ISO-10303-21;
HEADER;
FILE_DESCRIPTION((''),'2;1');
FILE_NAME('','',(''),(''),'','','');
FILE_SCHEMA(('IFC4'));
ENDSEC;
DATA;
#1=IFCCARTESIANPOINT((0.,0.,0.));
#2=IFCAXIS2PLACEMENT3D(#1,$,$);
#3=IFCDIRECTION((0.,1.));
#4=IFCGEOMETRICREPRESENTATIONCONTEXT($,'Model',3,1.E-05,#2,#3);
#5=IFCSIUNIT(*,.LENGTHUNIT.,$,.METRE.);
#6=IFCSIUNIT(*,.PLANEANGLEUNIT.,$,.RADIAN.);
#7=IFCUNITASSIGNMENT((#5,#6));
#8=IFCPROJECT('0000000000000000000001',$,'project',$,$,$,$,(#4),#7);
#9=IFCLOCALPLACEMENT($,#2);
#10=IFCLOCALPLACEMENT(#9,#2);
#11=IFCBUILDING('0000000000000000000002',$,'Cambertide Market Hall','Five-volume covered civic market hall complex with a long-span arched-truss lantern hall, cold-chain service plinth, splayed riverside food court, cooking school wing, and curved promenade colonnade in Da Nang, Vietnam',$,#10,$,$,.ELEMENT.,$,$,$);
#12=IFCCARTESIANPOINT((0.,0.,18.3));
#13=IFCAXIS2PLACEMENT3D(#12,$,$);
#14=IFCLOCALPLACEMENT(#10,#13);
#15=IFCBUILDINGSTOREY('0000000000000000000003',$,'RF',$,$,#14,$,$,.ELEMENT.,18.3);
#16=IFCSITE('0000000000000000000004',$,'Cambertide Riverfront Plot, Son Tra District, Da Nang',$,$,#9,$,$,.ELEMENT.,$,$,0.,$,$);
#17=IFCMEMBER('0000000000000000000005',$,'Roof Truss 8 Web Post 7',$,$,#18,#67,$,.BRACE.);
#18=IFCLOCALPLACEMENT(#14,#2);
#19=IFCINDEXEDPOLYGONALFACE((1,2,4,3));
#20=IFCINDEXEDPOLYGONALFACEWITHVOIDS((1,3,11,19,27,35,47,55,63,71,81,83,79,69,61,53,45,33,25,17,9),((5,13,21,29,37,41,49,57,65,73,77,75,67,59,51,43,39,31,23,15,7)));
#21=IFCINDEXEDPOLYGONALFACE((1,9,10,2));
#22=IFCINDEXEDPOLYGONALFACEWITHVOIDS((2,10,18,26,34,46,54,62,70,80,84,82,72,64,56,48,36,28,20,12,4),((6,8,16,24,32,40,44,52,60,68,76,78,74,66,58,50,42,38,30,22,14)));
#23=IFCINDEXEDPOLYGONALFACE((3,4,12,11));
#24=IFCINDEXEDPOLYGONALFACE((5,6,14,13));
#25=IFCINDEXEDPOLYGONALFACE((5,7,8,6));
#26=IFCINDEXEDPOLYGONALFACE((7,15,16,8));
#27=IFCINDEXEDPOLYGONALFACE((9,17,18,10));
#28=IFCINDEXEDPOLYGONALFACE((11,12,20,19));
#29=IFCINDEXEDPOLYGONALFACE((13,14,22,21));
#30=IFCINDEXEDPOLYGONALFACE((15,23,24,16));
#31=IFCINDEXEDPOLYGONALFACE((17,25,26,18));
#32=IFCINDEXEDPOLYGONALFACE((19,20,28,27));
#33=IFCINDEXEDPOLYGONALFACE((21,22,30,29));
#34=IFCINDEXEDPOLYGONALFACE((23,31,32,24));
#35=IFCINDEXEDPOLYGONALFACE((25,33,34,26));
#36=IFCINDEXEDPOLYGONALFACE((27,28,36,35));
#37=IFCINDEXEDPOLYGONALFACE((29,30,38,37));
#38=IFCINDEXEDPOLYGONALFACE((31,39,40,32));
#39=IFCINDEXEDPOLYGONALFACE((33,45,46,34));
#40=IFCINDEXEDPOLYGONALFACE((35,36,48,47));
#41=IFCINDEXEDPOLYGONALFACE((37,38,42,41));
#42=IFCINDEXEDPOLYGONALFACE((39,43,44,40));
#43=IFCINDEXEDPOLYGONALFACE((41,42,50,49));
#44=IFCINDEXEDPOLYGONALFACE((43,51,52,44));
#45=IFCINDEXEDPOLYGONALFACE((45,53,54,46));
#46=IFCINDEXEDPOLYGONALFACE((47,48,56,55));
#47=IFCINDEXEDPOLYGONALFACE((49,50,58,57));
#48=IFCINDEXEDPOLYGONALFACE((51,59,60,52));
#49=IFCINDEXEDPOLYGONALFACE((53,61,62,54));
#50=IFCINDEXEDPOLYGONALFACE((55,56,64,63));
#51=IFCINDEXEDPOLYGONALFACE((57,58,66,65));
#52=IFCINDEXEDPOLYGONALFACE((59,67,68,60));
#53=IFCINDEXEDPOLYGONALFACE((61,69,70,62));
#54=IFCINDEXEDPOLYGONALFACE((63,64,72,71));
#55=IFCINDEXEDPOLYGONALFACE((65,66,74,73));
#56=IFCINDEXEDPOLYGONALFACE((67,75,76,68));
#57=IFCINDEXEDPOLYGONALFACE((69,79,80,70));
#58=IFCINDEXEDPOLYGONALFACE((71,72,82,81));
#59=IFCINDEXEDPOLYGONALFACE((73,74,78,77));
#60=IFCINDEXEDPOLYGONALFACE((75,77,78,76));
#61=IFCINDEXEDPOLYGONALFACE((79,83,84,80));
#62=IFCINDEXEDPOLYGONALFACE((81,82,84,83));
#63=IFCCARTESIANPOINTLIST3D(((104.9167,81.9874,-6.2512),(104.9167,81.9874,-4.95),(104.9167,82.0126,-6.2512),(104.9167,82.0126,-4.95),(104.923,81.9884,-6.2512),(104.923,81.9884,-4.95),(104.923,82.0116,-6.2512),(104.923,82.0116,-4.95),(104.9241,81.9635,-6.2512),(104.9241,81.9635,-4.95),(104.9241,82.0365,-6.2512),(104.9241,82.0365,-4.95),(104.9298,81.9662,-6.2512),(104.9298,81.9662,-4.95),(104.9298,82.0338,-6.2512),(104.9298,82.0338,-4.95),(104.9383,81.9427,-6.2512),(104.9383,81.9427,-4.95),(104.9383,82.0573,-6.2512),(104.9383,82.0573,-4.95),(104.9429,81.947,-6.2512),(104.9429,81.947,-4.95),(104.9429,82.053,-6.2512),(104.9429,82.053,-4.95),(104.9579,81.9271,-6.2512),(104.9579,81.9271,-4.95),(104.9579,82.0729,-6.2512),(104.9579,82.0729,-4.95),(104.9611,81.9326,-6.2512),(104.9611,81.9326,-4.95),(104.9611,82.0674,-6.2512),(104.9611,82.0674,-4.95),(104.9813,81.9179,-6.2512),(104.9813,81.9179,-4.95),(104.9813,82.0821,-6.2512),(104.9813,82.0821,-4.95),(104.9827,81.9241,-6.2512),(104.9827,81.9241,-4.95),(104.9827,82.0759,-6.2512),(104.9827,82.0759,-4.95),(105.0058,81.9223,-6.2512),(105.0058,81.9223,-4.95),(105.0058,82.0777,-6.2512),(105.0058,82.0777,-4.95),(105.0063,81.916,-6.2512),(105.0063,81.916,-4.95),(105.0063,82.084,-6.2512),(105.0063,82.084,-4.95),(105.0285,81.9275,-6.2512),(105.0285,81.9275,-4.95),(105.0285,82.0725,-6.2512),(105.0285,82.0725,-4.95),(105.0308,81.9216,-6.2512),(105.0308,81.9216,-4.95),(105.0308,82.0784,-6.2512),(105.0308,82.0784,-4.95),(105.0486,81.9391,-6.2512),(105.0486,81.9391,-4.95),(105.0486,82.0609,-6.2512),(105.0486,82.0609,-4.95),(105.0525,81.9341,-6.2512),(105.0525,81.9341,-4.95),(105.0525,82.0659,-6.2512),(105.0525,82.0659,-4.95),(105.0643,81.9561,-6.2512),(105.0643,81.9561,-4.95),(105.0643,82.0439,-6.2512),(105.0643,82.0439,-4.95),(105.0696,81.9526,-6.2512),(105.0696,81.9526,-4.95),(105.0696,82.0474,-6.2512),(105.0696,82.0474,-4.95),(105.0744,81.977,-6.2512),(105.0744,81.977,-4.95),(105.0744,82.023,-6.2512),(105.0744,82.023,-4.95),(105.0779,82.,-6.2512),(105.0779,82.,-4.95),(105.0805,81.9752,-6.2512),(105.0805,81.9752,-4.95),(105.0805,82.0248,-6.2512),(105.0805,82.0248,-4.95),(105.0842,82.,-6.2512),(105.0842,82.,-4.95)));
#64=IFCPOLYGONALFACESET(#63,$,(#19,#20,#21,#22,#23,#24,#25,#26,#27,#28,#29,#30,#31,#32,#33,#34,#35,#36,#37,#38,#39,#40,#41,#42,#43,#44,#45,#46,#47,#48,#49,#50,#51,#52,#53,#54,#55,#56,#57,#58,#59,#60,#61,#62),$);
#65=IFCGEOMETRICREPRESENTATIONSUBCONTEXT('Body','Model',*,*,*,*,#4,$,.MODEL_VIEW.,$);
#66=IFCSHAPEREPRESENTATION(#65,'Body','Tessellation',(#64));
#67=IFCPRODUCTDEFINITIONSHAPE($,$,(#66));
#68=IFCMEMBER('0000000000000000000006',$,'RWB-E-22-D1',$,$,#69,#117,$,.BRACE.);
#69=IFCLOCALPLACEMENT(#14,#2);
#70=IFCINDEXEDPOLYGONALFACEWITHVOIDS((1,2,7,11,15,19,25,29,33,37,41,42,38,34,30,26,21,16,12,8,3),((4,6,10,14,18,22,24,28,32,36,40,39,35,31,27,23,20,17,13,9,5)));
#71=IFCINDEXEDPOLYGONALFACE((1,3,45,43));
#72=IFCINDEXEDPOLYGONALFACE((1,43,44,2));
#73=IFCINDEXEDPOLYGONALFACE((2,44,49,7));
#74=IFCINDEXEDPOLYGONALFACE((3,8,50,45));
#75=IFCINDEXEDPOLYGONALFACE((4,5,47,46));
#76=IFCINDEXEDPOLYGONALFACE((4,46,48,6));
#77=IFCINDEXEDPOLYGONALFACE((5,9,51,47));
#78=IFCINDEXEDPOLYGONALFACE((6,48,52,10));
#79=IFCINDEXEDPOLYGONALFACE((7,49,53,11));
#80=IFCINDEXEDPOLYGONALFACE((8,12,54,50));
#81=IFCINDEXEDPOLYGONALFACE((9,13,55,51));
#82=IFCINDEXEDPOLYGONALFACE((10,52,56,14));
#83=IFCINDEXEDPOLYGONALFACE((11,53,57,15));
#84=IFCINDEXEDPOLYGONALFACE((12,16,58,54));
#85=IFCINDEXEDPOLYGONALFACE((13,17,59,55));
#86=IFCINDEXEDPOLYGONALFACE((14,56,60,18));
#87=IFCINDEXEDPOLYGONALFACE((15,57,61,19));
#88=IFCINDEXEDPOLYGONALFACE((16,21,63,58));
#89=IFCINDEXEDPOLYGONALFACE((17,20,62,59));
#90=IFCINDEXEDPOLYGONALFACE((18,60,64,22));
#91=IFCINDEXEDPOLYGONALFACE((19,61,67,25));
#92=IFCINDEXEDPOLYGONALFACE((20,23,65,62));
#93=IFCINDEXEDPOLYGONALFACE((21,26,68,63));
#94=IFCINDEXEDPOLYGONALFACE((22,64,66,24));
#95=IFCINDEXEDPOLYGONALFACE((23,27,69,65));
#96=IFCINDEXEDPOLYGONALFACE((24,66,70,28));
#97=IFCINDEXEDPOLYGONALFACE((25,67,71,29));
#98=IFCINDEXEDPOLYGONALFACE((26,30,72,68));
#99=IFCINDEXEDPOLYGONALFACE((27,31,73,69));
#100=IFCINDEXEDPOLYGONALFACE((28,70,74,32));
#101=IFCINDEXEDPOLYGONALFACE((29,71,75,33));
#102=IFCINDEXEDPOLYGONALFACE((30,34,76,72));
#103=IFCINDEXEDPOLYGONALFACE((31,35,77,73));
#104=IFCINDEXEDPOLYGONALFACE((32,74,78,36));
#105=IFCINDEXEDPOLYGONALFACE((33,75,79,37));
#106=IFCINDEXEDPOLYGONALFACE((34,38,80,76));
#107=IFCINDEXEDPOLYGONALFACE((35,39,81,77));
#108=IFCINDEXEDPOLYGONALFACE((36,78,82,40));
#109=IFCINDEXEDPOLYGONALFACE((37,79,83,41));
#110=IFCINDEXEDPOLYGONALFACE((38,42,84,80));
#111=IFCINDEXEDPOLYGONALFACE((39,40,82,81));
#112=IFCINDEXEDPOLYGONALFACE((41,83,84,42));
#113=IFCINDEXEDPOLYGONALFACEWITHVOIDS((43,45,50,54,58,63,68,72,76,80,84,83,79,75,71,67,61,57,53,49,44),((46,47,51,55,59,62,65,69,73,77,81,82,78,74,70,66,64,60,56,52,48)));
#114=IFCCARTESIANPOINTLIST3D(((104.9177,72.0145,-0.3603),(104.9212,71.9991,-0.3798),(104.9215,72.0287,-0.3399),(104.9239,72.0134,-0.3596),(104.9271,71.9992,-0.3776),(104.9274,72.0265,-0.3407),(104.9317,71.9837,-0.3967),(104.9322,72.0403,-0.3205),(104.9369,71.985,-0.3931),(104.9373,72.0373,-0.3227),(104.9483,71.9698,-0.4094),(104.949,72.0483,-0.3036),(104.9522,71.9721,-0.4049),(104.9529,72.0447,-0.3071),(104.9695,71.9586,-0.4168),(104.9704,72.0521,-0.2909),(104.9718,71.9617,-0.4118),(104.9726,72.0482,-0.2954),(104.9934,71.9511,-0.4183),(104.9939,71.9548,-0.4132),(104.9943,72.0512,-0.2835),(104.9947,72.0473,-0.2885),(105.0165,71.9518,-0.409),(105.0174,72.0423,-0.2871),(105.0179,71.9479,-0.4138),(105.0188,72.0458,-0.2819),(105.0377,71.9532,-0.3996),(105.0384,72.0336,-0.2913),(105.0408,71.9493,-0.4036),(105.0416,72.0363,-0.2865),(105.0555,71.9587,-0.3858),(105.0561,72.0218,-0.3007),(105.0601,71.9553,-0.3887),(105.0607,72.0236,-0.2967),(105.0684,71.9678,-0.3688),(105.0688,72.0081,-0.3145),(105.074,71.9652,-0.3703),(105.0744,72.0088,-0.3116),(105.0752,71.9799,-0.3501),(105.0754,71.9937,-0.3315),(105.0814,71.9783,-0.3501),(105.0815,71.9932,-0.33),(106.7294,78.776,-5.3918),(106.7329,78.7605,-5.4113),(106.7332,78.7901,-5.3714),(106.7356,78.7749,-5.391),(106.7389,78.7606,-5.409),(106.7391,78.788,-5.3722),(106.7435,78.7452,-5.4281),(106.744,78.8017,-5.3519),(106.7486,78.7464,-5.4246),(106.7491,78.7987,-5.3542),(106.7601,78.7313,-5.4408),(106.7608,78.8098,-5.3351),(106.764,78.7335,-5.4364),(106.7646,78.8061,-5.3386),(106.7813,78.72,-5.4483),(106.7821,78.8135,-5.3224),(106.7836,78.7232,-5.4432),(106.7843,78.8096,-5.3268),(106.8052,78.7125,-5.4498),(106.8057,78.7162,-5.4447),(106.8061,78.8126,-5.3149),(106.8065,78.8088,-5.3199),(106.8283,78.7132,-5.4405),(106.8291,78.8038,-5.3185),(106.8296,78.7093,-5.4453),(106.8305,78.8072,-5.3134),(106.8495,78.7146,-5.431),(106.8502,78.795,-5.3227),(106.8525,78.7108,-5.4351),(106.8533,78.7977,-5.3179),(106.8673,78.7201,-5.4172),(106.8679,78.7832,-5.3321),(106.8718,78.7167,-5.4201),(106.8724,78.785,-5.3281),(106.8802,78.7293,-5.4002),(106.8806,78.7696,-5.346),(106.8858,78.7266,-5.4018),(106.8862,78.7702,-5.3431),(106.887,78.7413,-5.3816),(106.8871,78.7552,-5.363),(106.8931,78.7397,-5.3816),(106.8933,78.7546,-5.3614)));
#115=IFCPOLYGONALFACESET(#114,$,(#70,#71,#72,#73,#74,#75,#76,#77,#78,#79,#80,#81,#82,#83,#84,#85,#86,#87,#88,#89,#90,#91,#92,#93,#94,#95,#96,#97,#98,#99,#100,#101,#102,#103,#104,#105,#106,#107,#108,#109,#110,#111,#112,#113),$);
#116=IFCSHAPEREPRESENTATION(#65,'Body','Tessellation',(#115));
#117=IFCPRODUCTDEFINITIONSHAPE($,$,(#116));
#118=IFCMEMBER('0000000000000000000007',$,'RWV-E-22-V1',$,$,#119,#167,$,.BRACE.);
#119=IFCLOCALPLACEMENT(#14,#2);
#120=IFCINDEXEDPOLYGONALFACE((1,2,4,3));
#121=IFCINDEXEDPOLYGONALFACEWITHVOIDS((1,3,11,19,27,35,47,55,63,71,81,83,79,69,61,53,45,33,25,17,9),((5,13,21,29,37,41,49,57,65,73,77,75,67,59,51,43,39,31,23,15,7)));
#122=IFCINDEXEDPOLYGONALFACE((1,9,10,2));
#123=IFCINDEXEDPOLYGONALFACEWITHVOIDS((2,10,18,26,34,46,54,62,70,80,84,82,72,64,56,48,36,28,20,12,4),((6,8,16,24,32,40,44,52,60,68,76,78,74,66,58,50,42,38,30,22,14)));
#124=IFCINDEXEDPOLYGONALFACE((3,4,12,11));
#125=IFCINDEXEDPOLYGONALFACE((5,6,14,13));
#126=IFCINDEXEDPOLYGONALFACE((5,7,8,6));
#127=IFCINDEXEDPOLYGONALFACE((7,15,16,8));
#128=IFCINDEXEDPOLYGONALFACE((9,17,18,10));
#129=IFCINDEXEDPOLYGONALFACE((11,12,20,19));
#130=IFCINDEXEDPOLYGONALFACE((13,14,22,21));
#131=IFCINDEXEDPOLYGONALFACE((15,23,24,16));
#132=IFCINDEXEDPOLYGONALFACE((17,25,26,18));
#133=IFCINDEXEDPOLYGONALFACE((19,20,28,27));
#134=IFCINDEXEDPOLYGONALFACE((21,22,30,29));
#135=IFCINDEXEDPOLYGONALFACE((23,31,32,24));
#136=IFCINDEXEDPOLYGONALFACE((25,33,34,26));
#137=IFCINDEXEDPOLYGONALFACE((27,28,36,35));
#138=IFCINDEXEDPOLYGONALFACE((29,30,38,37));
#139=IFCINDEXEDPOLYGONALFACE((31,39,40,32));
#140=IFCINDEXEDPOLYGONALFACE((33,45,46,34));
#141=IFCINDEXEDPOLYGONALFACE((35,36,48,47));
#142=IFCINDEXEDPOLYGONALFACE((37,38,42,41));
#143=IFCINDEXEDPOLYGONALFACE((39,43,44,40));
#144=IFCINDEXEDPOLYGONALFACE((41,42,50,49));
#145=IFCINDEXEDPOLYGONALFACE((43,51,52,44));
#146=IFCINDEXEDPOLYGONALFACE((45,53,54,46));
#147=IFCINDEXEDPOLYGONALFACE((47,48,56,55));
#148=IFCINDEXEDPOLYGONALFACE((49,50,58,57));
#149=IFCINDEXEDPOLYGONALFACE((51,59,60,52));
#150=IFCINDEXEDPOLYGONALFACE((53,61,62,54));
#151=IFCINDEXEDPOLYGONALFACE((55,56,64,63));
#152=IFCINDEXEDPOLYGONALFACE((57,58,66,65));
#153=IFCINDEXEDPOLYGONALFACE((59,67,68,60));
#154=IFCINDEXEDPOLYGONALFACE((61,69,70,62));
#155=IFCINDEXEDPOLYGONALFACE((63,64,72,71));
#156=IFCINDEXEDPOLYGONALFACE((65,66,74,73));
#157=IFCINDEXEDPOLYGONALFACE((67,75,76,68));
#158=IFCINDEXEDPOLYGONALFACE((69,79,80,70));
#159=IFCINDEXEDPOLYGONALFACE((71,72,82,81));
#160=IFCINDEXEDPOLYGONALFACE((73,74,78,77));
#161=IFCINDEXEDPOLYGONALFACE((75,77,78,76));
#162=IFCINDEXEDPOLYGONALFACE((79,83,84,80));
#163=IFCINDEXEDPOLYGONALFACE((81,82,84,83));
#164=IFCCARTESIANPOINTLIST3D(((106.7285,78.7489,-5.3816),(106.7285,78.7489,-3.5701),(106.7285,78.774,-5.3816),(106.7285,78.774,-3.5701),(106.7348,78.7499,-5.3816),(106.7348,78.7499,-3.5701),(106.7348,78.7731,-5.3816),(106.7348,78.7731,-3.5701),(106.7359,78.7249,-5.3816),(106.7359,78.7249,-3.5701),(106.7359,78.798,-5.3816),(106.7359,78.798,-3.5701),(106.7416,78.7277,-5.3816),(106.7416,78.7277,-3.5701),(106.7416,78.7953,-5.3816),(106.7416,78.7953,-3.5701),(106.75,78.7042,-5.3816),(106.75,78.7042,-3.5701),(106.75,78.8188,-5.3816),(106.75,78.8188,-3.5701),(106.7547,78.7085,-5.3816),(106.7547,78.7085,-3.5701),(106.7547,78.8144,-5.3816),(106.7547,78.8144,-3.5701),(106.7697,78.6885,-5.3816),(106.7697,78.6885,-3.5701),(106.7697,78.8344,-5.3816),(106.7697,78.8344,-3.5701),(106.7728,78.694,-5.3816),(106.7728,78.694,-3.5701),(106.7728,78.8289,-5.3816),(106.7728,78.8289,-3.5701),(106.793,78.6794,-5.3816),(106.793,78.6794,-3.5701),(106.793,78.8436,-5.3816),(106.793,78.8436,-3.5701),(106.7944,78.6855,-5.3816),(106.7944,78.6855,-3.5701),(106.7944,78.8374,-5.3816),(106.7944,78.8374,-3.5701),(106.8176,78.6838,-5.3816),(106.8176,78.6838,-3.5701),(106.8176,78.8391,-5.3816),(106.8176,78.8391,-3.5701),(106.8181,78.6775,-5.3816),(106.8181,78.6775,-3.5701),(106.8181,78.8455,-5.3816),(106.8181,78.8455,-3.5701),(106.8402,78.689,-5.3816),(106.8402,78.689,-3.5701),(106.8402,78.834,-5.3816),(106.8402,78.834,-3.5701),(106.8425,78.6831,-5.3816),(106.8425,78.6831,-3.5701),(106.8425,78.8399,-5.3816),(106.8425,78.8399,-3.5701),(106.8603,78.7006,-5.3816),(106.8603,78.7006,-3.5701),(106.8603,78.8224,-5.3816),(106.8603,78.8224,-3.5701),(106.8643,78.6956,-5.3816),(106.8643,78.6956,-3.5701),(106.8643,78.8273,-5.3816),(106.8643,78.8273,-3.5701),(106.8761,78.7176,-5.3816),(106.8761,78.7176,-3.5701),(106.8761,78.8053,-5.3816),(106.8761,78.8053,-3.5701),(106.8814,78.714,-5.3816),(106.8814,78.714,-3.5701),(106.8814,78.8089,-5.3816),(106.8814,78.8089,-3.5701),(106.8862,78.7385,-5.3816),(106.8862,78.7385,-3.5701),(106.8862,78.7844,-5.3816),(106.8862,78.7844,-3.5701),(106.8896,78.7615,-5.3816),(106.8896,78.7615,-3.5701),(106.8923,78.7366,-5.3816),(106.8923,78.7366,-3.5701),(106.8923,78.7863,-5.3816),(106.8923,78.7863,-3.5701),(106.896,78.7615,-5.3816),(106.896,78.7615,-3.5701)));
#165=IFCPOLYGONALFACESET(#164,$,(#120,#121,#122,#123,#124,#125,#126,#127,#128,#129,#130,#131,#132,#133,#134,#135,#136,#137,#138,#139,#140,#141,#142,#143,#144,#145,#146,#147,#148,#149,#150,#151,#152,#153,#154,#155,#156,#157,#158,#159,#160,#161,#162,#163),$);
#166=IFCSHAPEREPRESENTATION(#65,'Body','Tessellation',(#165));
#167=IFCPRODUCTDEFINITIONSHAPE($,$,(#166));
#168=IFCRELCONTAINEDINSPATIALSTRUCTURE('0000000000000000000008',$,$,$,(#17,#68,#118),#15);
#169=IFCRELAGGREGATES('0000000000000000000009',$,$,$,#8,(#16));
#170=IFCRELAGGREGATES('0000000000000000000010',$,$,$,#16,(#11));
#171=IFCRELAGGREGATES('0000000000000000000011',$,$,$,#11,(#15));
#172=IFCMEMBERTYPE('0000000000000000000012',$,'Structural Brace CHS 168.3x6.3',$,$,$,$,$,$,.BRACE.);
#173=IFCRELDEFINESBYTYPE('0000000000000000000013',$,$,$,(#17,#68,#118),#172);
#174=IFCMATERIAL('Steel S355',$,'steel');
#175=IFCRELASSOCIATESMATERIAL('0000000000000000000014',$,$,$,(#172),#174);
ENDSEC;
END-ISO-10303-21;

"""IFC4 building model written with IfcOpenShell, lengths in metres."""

from ifc_helpers import new_model, si_unit, direction, frame, origin, origin_2d, place, context, subcontext, project, spatial, hollow_circle, extrude, material, material_profile, profile_set, type_object, element, save


model = new_model("IFC4")

# Units and contexts
model_context = context("Model", 3, precision=1e-05, world=origin(), true_north=direction((0.0, 1.0)))
body_context = subcontext(model_context, "Body", "Model", "MODEL_VIEW")
ifc_project = project(units=[si_unit("LENGTHUNIT", "METRE"), si_unit("PLANEANGLEUNIT", "RADIAN")], contexts=[model_context])

# Site, building, storey
site_placement = place(None, origin())
site = spatial("IfcSite", under=ifc_project, at=site_placement, Name="Cambertide Riverfront Plot, Son Tra District, Da Nang", CompositionType="ELEMENT", RefElevation=0.0)
building_placement = place(site_placement, origin())
building = spatial("IfcBuilding", under=site, at=building_placement, Name="Cambertide Market Hall", Description="Five-volume covered civic market hall complex with a long-span arched-truss lantern hall, cold-chain service plinth, splayed riverside food court, cooking school wing, and curved promenade colonnade in Da Nang, Vietnam", CompositionType="ELEMENT")
storey_placement = place(building_placement, frame((0.0, 0.0, 18.3)))
storey = spatial("IfcBuildingStorey", under=building, at=storey_placement, Name="RF", CompositionType="ELEMENT", Elevation=18.3)

# Members
ifc_material_1 = material(Name="Steel S355", Category="steel")
ifc_material_profile_1 = material_profile(ifc_material_1, hollow_circle(Radius=0.0842, WallThickness=0.0063, at=origin_2d()), Name="CHS 168.3x6.3")
ifc_profile_set_1 = profile_set([ifc_material_profile_1], Name="Steel S355")
member_type_1 = type_object("IfcMemberType", Name="Structural Brace CHS 168.3x6.3", PredefinedType="BRACE", material=ifc_profile_set_1)
member_1_placement = place(storey_placement, frame((105.0, 82.0, -6.2512), z_axis=(0.0, 0.0, 1.0), x_axis=(1.0, 0.0, 0.0)))
element("IfcMember", 1, at=member_1_placement, inside=storey, type_object=member_type_1, Name="Roof Truss 8 Web Post 7", PredefinedType="BRACE", context=body_context, shape_type="SweptSolid", body=[
    extrude(hollow_circle(Radius=0.0842, WallThickness=0.0063, at=origin_2d()), origin(), (0.0, 0.0, 1.0), 1.3013),
])
member_2_placement = place(storey_placement, frame((106.8118, 78.7615, -5.3816), z_axis=(-0.210165, -0.784333, 0.583655), x_axis=(0.965925, -0.258824, 0.0)))
element("IfcMember", 2, at=member_2_placement, inside=storey, type_object=member_type_1, Name="RWB-E-22-D1", PredefinedType="BRACE", context=body_context, shape_type="SweptSolid", body=[
    extrude(hollow_circle(Radius=0.0842, WallThickness=0.0063, at=origin_2d()), origin(), (0.0, 0.0, 1.0), 8.6206),
])
member_3_placement = place(storey_placement, frame((106.8118, 78.7615, -5.3816), z_axis=(0.0, 0.0, 1.0), x_axis=(1.0, 0.0, 0.0)))
element("IfcMember", 3, at=member_3_placement, inside=storey, type_object=member_type_1, Name="RWV-E-22-V1", PredefinedType="BRACE", context=body_context, shape_type="SweptSolid", body=[
    extrude(hollow_circle(Radius=0.0842, WallThickness=0.0063, at=origin_2d()), origin(), (0.0, 0.0, 1.0), 1.8115),
])

save(model, "model.ifc")
